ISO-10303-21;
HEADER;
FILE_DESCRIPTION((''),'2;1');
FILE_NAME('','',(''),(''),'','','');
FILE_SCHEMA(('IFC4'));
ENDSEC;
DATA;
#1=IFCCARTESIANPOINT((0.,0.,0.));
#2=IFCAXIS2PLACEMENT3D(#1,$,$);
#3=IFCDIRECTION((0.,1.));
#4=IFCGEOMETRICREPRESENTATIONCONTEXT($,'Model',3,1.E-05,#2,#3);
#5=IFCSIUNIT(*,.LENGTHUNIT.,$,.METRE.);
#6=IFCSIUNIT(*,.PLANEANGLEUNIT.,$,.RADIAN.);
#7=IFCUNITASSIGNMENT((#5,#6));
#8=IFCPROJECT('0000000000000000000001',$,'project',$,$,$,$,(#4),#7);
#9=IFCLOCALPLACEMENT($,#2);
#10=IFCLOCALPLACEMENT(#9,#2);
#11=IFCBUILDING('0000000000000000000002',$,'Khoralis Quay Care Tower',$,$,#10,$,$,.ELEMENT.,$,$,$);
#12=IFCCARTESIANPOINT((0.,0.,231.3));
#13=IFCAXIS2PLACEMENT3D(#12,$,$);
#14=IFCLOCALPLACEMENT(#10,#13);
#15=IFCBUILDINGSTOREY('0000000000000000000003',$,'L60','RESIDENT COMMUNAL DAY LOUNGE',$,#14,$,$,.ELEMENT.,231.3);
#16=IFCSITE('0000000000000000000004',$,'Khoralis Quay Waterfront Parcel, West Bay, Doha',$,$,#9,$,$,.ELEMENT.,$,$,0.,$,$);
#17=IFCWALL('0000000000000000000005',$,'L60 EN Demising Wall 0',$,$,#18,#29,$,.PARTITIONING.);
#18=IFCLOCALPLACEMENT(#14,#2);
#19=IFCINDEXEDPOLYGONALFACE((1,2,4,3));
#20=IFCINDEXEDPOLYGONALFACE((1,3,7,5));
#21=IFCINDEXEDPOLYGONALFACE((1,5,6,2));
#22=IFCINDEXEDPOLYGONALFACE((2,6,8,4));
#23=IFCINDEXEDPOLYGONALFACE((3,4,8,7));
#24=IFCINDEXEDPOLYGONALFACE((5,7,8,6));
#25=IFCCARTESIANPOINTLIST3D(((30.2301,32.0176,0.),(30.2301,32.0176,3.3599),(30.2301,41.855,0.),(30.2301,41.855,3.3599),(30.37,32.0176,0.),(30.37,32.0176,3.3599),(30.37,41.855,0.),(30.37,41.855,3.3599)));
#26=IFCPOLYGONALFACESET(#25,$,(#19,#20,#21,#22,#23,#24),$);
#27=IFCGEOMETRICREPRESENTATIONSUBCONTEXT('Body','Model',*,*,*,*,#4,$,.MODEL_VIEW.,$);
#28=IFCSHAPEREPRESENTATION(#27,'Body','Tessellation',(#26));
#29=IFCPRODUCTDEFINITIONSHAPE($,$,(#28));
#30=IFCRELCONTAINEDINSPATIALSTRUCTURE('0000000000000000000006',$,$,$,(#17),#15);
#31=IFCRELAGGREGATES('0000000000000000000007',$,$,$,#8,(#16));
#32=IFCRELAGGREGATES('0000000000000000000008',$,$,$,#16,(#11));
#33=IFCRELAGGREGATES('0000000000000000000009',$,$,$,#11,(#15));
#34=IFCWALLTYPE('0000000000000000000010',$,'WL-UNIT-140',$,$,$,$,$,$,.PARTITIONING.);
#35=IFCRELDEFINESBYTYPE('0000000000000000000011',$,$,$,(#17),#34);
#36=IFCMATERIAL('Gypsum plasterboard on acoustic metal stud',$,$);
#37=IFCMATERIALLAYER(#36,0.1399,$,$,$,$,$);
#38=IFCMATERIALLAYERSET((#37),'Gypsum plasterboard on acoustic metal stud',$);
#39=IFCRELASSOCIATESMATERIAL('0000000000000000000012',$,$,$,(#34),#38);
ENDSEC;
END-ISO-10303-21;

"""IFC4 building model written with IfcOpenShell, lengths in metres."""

from ifc_helpers import new_model, si_unit, direction, frame, frame_2d, origin, place, context, subcontext, project, spatial, rectangle, extrude, material, layer, layer_set, type_object, element, save


model = new_model("IFC4")

# Units and contexts
model_context = context("Model", 3, precision=1e-05, world=origin(), true_north=direction((0.0, 1.0)))
body_context = subcontext(model_context, "Body", "Model", "MODEL_VIEW")
ifc_project = project(units=[si_unit("LENGTHUNIT", "METRE"), si_unit("PLANEANGLEUNIT", "RADIAN")], contexts=[model_context])

# Site, building, storey
site_placement = place(None, origin())
site = spatial("IfcSite", under=ifc_project, at=site_placement, Name="Khoralis Quay Waterfront Parcel, West Bay, Doha", CompositionType="ELEMENT", RefElevation=0.0)
building_placement = place(site_placement, origin())
building = spatial("IfcBuilding", under=site, at=building_placement, Name="Khoralis Quay Care Tower", CompositionType="ELEMENT")
storey_placement = place(building_placement, frame((0.0, 0.0, 231.3)))
storey = spatial("IfcBuildingStorey", under=building, at=storey_placement, Name="L60", Description="RESIDENT COMMUNAL DAY LOUNGE", CompositionType="ELEMENT", Elevation=231.3)

# Shared definitions
ifc_material_1 = material(Name="Gypsum plasterboard on acoustic metal stud")

# Wall
ifc_layer_1 = layer(ifc_material_1, 0.1399)
ifc_layer_set_1 = layer_set([ifc_layer_1], Name="Gypsum plasterboard on acoustic metal stud")
wall_type_1 = type_object("IfcWallType", Name="WL-UNIT-140", PredefinedType="PARTITIONING", material=ifc_layer_set_1)
wall_1_placement = place(storey_placement, frame((30.3, 32.0176, 0.0), z_axis=(0.0, 0.0, 1.0), x_axis=(0.0, 1.0, 0.0)))
element("IfcWall", 1, at=wall_1_placement, inside=storey, type_object=wall_type_1, Name="L60 EN Demising Wall 0", PredefinedType="PARTITIONING", context=body_context, shape_type="SweptSolid", body=[
    extrude(rectangle(XDim=9.8374, YDim=0.1399, at=frame_2d((4.9187, 0.0))), origin(), (0.0, 0.0, 1.0), 3.3599),
])

save(model, "model.ifc")
